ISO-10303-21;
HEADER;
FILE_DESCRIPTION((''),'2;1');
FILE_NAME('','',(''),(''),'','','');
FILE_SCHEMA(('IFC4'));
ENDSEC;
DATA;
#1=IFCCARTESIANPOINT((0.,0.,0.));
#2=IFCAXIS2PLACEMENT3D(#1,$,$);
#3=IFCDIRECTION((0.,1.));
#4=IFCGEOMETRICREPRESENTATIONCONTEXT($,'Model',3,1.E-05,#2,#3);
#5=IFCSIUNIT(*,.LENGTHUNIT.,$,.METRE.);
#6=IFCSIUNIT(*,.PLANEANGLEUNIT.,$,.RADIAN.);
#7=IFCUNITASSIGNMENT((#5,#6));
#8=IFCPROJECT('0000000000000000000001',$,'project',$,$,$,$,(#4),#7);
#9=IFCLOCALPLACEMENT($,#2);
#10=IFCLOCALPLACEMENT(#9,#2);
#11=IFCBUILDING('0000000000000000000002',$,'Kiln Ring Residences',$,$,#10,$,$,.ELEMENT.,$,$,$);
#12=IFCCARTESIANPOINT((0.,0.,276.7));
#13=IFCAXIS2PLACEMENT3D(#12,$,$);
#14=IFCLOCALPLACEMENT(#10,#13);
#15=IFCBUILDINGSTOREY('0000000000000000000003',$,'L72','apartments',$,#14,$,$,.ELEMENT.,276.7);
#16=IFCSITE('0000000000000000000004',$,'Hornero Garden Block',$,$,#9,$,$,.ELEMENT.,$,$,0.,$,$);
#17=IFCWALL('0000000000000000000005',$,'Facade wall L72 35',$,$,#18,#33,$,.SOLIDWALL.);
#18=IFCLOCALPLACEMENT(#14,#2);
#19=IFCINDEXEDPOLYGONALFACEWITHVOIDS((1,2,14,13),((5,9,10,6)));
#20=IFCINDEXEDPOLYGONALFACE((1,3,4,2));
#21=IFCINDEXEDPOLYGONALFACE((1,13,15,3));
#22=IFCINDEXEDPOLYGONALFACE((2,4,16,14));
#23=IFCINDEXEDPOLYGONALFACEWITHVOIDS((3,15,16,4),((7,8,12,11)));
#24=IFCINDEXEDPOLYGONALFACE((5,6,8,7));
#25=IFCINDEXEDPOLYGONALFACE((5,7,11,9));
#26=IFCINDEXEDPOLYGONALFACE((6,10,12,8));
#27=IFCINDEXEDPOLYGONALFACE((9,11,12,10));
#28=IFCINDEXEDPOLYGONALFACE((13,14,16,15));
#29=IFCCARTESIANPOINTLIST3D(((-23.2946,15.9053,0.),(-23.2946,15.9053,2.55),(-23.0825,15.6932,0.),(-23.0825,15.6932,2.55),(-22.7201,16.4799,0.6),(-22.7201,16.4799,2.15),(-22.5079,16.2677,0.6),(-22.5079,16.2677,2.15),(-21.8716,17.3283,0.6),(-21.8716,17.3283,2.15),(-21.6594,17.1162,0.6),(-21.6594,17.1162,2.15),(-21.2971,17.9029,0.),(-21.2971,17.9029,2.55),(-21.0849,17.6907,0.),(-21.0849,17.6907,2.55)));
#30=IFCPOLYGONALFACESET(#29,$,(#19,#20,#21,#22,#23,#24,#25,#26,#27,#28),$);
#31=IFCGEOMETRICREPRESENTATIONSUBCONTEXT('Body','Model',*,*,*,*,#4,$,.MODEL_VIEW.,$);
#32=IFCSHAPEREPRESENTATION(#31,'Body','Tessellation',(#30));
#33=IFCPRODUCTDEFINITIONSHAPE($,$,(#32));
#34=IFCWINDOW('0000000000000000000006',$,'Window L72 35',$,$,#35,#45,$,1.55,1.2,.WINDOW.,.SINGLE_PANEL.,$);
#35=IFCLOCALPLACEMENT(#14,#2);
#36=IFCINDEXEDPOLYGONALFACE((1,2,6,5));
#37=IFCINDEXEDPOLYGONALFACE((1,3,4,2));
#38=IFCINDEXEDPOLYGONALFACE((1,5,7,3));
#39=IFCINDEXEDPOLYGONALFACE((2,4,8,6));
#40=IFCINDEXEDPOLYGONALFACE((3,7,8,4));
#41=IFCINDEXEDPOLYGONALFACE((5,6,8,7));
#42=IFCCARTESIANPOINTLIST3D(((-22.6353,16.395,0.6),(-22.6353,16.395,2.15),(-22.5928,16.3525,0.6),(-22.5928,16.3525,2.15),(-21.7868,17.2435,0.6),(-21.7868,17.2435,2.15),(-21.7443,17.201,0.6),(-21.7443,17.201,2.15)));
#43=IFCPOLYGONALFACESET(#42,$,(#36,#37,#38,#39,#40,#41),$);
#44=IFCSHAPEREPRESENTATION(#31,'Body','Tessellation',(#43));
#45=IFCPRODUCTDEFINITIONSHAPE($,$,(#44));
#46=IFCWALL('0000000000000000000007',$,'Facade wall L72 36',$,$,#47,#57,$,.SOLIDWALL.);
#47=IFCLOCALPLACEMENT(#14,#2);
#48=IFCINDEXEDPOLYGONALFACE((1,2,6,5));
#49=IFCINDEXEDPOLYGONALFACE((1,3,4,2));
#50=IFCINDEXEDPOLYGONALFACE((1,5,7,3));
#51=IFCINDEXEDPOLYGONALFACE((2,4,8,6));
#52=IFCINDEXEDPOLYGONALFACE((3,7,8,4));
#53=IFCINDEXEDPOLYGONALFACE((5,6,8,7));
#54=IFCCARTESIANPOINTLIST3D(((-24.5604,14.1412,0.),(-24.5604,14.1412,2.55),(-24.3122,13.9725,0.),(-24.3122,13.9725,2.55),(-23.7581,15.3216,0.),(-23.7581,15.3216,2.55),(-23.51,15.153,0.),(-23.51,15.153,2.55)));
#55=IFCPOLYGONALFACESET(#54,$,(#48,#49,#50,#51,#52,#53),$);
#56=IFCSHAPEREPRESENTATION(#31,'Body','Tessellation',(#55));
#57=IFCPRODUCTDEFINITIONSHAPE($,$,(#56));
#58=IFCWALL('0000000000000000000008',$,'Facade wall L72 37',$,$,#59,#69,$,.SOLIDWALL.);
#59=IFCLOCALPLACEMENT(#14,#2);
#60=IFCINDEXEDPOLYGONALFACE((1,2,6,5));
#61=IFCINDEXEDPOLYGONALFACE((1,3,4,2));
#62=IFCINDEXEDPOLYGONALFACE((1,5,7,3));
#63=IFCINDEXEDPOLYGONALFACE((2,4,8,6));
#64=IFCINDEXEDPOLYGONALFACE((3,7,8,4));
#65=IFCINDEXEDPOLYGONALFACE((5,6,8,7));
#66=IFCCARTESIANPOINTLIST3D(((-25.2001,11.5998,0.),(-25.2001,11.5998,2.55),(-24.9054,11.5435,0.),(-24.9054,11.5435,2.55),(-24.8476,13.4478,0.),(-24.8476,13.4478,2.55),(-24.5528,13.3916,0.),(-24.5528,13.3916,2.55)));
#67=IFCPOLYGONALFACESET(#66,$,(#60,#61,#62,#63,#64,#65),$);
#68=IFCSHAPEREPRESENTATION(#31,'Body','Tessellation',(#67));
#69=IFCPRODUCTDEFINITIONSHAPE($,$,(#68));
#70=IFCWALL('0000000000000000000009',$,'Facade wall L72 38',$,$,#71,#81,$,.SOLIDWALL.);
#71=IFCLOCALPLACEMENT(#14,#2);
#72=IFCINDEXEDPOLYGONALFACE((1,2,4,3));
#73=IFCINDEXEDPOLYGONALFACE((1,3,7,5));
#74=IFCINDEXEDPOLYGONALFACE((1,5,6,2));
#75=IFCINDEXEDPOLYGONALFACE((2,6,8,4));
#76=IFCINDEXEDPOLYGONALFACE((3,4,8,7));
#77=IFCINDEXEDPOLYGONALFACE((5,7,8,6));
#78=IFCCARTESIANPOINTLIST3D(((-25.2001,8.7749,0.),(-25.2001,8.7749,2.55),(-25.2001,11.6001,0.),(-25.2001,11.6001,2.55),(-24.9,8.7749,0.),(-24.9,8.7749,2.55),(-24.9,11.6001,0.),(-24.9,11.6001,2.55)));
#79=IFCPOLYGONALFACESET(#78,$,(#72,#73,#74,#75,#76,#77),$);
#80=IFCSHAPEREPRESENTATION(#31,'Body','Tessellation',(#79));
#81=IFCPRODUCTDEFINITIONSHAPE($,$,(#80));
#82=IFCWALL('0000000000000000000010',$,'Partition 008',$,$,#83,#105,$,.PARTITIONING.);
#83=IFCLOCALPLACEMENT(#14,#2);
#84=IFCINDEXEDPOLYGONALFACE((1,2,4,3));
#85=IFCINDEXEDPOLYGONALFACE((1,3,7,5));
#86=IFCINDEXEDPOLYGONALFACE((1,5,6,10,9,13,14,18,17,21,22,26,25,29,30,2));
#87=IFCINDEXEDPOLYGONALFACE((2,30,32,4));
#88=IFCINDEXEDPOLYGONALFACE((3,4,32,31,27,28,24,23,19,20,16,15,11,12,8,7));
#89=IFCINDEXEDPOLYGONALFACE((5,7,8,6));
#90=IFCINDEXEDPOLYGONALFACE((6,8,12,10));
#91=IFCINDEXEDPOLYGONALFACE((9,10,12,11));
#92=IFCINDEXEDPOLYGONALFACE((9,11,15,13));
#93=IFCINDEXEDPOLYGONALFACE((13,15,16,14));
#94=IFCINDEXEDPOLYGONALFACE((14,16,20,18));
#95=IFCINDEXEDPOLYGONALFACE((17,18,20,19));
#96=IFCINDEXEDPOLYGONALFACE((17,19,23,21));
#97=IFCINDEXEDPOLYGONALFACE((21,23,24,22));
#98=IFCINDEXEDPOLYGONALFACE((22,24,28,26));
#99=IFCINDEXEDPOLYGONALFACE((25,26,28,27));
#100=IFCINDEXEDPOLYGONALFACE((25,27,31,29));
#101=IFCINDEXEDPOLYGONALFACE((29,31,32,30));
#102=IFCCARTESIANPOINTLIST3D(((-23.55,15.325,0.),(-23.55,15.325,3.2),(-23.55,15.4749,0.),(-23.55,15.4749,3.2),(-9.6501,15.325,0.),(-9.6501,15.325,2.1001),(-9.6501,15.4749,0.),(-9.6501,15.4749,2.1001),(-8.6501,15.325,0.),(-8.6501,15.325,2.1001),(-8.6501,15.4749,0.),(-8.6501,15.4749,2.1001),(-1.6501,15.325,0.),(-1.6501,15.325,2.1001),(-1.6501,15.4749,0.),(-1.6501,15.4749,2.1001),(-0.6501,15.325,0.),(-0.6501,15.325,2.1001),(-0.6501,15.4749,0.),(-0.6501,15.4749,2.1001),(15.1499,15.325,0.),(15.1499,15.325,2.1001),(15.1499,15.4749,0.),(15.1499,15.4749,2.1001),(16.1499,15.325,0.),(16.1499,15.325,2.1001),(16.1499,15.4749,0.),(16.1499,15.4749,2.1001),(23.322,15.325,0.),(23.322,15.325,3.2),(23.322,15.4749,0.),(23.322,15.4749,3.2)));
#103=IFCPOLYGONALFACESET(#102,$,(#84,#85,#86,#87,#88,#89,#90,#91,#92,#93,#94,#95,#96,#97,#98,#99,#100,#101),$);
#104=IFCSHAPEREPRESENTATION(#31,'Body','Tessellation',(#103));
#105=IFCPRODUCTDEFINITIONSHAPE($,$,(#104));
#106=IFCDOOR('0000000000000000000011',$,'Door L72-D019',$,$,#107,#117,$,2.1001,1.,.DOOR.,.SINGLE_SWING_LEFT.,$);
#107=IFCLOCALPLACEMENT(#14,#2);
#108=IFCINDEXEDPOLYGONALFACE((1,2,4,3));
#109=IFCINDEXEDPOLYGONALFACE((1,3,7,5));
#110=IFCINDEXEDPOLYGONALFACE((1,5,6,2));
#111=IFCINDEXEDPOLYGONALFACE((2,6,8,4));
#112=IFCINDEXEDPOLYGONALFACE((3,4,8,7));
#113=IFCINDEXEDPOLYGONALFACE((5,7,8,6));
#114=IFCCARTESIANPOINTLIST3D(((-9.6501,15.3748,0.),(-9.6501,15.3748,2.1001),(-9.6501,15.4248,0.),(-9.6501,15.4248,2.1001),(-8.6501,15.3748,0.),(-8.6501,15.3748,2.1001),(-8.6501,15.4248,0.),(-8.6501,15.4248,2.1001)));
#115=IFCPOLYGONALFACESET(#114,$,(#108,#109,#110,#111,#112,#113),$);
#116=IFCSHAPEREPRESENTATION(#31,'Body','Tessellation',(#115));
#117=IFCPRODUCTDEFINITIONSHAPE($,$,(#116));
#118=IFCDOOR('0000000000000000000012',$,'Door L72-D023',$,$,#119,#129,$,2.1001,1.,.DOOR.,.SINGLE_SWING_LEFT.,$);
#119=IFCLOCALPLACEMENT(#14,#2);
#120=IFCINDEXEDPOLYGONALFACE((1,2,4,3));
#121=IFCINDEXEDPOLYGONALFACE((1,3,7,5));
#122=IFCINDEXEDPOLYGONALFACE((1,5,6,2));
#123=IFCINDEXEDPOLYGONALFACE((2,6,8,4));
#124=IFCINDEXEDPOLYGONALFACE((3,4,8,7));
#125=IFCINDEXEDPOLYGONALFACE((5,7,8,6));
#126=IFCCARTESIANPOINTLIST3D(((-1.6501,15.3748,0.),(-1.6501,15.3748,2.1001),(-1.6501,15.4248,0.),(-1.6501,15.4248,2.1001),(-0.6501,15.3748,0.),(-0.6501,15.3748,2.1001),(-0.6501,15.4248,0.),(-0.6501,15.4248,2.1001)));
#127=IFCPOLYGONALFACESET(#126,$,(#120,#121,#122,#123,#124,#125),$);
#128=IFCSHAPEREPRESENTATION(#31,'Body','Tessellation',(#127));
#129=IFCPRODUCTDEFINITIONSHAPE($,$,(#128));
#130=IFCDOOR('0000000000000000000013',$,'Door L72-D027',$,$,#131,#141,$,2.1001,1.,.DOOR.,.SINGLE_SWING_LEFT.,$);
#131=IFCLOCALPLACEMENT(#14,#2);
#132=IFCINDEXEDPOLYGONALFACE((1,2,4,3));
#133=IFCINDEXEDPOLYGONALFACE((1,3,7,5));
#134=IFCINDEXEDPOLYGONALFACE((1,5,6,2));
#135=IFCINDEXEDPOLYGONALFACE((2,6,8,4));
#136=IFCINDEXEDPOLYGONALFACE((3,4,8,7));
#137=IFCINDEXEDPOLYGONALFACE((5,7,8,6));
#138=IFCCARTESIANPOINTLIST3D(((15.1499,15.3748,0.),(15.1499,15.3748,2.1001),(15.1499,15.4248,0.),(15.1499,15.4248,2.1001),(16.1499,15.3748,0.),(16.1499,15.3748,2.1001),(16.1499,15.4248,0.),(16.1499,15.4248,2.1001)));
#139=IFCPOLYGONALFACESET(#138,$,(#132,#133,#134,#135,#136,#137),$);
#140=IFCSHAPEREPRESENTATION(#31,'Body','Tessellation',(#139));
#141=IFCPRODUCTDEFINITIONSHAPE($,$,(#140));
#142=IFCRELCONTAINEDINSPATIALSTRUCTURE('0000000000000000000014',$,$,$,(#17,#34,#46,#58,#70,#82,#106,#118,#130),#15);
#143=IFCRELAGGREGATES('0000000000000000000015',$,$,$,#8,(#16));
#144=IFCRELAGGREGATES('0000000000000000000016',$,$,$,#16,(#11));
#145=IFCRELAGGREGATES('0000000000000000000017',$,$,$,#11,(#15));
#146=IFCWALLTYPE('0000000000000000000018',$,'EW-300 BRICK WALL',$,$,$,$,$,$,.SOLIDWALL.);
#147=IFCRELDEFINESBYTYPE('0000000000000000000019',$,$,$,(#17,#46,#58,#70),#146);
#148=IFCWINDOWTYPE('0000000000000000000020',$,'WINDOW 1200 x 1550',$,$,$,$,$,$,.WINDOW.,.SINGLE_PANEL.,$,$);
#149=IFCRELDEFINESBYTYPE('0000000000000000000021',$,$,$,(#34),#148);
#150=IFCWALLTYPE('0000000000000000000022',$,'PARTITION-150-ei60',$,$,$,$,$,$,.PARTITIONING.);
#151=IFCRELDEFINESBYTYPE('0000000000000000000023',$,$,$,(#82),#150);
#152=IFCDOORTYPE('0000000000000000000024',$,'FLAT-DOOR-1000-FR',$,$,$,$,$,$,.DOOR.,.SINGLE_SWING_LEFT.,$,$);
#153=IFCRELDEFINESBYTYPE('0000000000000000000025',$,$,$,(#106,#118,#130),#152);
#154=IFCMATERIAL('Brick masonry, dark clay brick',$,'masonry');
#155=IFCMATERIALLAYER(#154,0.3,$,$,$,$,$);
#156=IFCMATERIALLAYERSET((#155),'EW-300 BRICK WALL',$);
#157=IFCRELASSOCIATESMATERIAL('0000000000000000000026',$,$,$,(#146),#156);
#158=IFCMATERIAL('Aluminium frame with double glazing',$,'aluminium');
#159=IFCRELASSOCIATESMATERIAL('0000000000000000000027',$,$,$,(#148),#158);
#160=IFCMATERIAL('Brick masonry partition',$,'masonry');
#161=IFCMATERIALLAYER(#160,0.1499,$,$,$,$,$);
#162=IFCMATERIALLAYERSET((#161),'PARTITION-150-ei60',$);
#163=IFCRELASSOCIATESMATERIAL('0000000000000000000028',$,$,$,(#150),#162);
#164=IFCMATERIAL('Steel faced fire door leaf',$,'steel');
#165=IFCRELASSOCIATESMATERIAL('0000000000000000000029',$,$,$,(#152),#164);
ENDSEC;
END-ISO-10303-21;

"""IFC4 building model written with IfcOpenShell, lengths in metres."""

from ifc_helpers import new_model, si_unit, direction, frame, frame_2d, origin, place, context, subcontext, project, spatial, rectangle, extrude, material, layer, layer_set, type_object, element, fill, save


model = new_model("IFC4")

# Units and contexts
model_context = context("Model", 3, precision=1e-05, world=origin(), true_north=direction((0.0, 1.0)))
body_context = subcontext(model_context, "Body", "Model", "MODEL_VIEW")
ifc_project = project(units=[si_unit("LENGTHUNIT", "METRE"), si_unit("PLANEANGLEUNIT", "RADIAN")], contexts=[model_context])

# Site, building, storey
site_placement = place(None, origin())
site = spatial("IfcSite", under=ifc_project, at=site_placement, Name="Hornero Garden Block", CompositionType="ELEMENT", RefElevation=0.0)
building_placement = place(site_placement, origin())
building = spatial("IfcBuilding", under=site, at=building_placement, Name="Kiln Ring Residences", CompositionType="ELEMENT")
storey_placement = place(building_placement, frame((0.0, 0.0, 276.7)))
storey = spatial("IfcBuildingStorey", under=building, at=storey_placement, Name="L72", Description="apartments", CompositionType="ELEMENT", Elevation=276.7)

# Wall, opening, window
ifc_material_1 = material(Name="Brick masonry, dark clay brick", Category="masonry")
ifc_layer_1 = layer(ifc_material_1, 0.3)
ifc_layer_set_1 = layer_set([ifc_layer_1], Name="EW-300 BRICK WALL")
wall_type_1 = type_object("IfcWallType", Name="EW-300 BRICK WALL", PredefinedType="SOLIDWALL", material=ifc_layer_set_1)
wall_1_placement = place(storey_placement, frame((-21.1909, 17.7969, 0.0), z_axis=(0.0, 0.0, 1.0), x_axis=(-0.707107, -0.707107, 0.0)))
wall_1 = element("IfcWall", 1, at=wall_1_placement, inside=storey, type_object=wall_type_1, Name="Facade wall L72 35", PredefinedType="SOLIDWALL", context=body_context, shape_type="SweptSolid", body=[
    extrude(rectangle(XDim=2.825, YDim=0.3, at=frame_2d((1.4126, 0.0))), origin(), (0.0, 0.0, 1.0), 2.55),
])
opening_1_placement = place(wall_1_placement, frame((0.8125, 0.0, 0.6001)))
opening_1 = element("IfcOpeningElement", 2, at=opening_1_placement, cuts=wall_1, PredefinedType="OPENING", context=body_context, shape_type="SweptSolid", body=[
    extrude(rectangle(XDim=1.2, YDim=1.55, at=frame_2d((0.6001, 0.7749))), frame((0.0, 0.1599, 0.0), z_axis=(0.0, -1.0, 0.0), x_axis=(1.0, 0.0, 0.0)), (0.0, 0.0, 1.0), 0.3201),
])
ifc_material_2 = material(Name="Aluminium frame with double glazing", Category="aluminium")
window_type_1 = type_object("IfcWindowType", Name="WINDOW 1200 x 1550", PartitioningType="SINGLE_PANEL", PredefinedType="WINDOW", material=ifc_material_2)
window_1_placement = place(opening_1_placement, origin())
window_1 = element("IfcWindow", 3, at=window_1_placement, inside=storey, type_object=window_type_1, Name="Window L72 35", OverallHeight=1.55, OverallWidth=1.2, PartitioningType="SINGLE_PANEL", PredefinedType="WINDOW", context=body_context, shape_type="SweptSolid", body=[
    extrude(rectangle(XDim=1.2, YDim=1.55, at=frame_2d((0.6001, 0.7749))), frame((0.0, 0.03, 0.0), z_axis=(0.0, -1.0, 0.0), x_axis=(1.0, 0.0, 0.0)), (0.0, 0.0, 1.0), 0.0601),
])
fill(opening_1, window_1)

# Walls
wall_2_placement = place(storey_placement, frame((-23.634, 15.2373, 0.0), z_axis=(0.0, 0.0, 1.0), x_axis=(-0.562099, -0.82707, 0.0)))
element("IfcWall", 4, at=wall_2_placement, inside=storey, type_object=wall_type_1, Name="Facade wall L72 36", PredefinedType="SOLIDWALL", context=body_context, shape_type="SweptSolid", body=[
    extrude(rectangle(XDim=1.4272, YDim=0.3, at=frame_2d((0.7136, 0.0))), origin(), (0.0, 0.0, 1.0), 2.55),
])
wall_3_placement = place(storey_placement, frame((-24.7002, 13.4197, 0.0), z_axis=(0.0, 0.0, 1.0), x_axis=(-0.187398, -0.982284, 0.0)))
element("IfcWall", 5, at=wall_3_placement, inside=storey, type_object=wall_type_1, Name="Facade wall L72 37", PredefinedType="SOLIDWALL", context=body_context, shape_type="SweptSolid", body=[
    extrude(rectangle(XDim=1.8813, YDim=0.3, at=frame_2d((0.9407, 0.0))), origin(), (0.0, 0.0, 1.0), 2.55),
])
wall_4_placement = place(storey_placement, frame((-25.05, 11.6001, 0.0), z_axis=(0.0, 0.0, 1.0), x_axis=(0.0, -1.0, 0.0)))
element("IfcWall", 6, at=wall_4_placement, inside=storey, type_object=wall_type_1, Name="Facade wall L72 38", PredefinedType="SOLIDWALL", context=body_context, shape_type="SweptSolid", body=[
    extrude(rectangle(XDim=2.8252, YDim=0.3, at=frame_2d((1.4126, 0.0))), origin(), (0.0, 0.0, 1.0), 2.55),
])

# Wall, openings, doors
ifc_material_3 = material(Name="Brick masonry partition", Category="masonry")
ifc_layer_2 = layer(ifc_material_3, 0.1499)
ifc_layer_set_2 = layer_set([ifc_layer_2], Name="PARTITION-150-ei60")
wall_type_2 = type_object("IfcWallType", Name="PARTITION-150-ei60", PredefinedType="PARTITIONING", material=ifc_layer_set_2)
wall_5_placement = place(storey_placement, frame((-23.55, 15.3999, 0.0), z_axis=(0.0, 0.0, 1.0), x_axis=(1.0, 0.0, 0.0)))
wall_5 = element("IfcWall", 7, at=wall_5_placement, inside=storey, type_object=wall_type_2, Name="Partition 008", PredefinedType="PARTITIONING", context=body_context, shape_type="SweptSolid", body=[
    extrude(rectangle(XDim=46.8721, YDim=0.1499, at=frame_2d((23.436, 0.0))), origin(), (0.0, 0.0, 1.0), 3.2),
])
opening_2_placement = place(wall_5_placement, frame((13.8999, 0.0, 0.0)))
opening_2 = element("IfcOpeningElement", 8, at=opening_2_placement, cuts=wall_5, PredefinedType="OPENING", context=body_context, shape_type="SweptSolid", body=[
    extrude(rectangle(XDim=1.0, YDim=2.1001, at=frame_2d((0.5, 1.05))), frame((0.0, 0.085, 0.0), z_axis=(0.0, -1.0, 0.0), x_axis=(1.0, 0.0, 0.0)), (0.0, 0.0, 1.0), 0.1699),
])
opening_3_placement = place(wall_5_placement, frame((21.8999, 0.0, 0.0)))
opening_3 = element("IfcOpeningElement", 9, at=opening_3_placement, cuts=wall_5, PredefinedType="OPENING", context=body_context, shape_type="SweptSolid", body=[
    extrude(rectangle(XDim=1.0, YDim=2.1001, at=frame_2d((0.5, 1.05))), frame((0.0, 0.085, 0.0), z_axis=(0.0, -1.0, 0.0), x_axis=(1.0, 0.0, 0.0)), (0.0, 0.0, 1.0), 0.1699),
])
opening_4_placement = place(wall_5_placement, frame((38.7, 0.0, 0.0)))
opening_4 = element("IfcOpeningElement", 10, at=opening_4_placement, cuts=wall_5, PredefinedType="OPENING", context=body_context, shape_type="SweptSolid", body=[
    extrude(rectangle(XDim=1.0, YDim=2.1001, at=frame_2d((0.5, 1.05))), frame((0.0, 0.085, 0.0), z_axis=(0.0, -1.0, 0.0), x_axis=(1.0, 0.0, 0.0)), (0.0, 0.0, 1.0), 0.1699),
])
ifc_material_4 = material(Name="Steel faced fire door leaf", Category="steel")
door_type_1 = type_object("IfcDoorType", Name="FLAT-DOOR-1000-FR", OperationType="SINGLE_SWING_LEFT", PredefinedType="DOOR", material=ifc_material_4)
door_1_placement = place(opening_2_placement, origin())
door_1 = element("IfcDoor", 11, at=door_1_placement, inside=storey, type_object=door_type_1, Name="Door L72-D019", OperationType="SINGLE_SWING_LEFT", OverallHeight=2.1001, OverallWidth=1.0, PredefinedType="DOOR", context=body_context, shape_type="SweptSolid", body=[
    extrude(rectangle(XDim=1.0, YDim=2.1001, at=frame_2d((0.5, 1.05))), frame((0.0, 0.0249, 0.0), z_axis=(0.0, -1.0, 0.0), x_axis=(1.0, 0.0, 0.0)), (0.0, 0.0, 1.0), 0.05),
])
fill(opening_2, door_1)
door_2_placement = place(opening_3_placement, origin())
door_2 = element("IfcDoor", 12, at=door_2_placement, inside=storey, type_object=door_type_1, Name="Door L72-D023", OperationType="SINGLE_SWING_LEFT", OverallHeight=2.1001, OverallWidth=1.0, PredefinedType="DOOR", context=body_context, shape_type="SweptSolid", body=[
    extrude(rectangle(XDim=1.0, YDim=2.1001, at=frame_2d((0.5, 1.05))), frame((0.0, 0.0249, 0.0), z_axis=(0.0, -1.0, 0.0), x_axis=(1.0, 0.0, 0.0)), (0.0, 0.0, 1.0), 0.05),
])
fill(opening_3, door_2)
door_3_placement = place(opening_4_placement, origin())
door_3 = element("IfcDoor", 13, at=door_3_placement, inside=storey, type_object=door_type_1, Name="Door L72-D027", OperationType="SINGLE_SWING_LEFT", OverallHeight=2.1001, OverallWidth=1.0, PredefinedType="DOOR", context=body_context, shape_type="SweptSolid", body=[
    extrude(rectangle(XDim=1.0, YDim=2.1001, at=frame_2d((0.5, 1.05))), frame((0.0, 0.0249, 0.0), z_axis=(0.0, -1.0, 0.0), x_axis=(1.0, 0.0, 0.0)), (0.0, 0.0, 1.0), 0.05),
])
fill(opening_4, door_3)

save(model, "model.ifc")
